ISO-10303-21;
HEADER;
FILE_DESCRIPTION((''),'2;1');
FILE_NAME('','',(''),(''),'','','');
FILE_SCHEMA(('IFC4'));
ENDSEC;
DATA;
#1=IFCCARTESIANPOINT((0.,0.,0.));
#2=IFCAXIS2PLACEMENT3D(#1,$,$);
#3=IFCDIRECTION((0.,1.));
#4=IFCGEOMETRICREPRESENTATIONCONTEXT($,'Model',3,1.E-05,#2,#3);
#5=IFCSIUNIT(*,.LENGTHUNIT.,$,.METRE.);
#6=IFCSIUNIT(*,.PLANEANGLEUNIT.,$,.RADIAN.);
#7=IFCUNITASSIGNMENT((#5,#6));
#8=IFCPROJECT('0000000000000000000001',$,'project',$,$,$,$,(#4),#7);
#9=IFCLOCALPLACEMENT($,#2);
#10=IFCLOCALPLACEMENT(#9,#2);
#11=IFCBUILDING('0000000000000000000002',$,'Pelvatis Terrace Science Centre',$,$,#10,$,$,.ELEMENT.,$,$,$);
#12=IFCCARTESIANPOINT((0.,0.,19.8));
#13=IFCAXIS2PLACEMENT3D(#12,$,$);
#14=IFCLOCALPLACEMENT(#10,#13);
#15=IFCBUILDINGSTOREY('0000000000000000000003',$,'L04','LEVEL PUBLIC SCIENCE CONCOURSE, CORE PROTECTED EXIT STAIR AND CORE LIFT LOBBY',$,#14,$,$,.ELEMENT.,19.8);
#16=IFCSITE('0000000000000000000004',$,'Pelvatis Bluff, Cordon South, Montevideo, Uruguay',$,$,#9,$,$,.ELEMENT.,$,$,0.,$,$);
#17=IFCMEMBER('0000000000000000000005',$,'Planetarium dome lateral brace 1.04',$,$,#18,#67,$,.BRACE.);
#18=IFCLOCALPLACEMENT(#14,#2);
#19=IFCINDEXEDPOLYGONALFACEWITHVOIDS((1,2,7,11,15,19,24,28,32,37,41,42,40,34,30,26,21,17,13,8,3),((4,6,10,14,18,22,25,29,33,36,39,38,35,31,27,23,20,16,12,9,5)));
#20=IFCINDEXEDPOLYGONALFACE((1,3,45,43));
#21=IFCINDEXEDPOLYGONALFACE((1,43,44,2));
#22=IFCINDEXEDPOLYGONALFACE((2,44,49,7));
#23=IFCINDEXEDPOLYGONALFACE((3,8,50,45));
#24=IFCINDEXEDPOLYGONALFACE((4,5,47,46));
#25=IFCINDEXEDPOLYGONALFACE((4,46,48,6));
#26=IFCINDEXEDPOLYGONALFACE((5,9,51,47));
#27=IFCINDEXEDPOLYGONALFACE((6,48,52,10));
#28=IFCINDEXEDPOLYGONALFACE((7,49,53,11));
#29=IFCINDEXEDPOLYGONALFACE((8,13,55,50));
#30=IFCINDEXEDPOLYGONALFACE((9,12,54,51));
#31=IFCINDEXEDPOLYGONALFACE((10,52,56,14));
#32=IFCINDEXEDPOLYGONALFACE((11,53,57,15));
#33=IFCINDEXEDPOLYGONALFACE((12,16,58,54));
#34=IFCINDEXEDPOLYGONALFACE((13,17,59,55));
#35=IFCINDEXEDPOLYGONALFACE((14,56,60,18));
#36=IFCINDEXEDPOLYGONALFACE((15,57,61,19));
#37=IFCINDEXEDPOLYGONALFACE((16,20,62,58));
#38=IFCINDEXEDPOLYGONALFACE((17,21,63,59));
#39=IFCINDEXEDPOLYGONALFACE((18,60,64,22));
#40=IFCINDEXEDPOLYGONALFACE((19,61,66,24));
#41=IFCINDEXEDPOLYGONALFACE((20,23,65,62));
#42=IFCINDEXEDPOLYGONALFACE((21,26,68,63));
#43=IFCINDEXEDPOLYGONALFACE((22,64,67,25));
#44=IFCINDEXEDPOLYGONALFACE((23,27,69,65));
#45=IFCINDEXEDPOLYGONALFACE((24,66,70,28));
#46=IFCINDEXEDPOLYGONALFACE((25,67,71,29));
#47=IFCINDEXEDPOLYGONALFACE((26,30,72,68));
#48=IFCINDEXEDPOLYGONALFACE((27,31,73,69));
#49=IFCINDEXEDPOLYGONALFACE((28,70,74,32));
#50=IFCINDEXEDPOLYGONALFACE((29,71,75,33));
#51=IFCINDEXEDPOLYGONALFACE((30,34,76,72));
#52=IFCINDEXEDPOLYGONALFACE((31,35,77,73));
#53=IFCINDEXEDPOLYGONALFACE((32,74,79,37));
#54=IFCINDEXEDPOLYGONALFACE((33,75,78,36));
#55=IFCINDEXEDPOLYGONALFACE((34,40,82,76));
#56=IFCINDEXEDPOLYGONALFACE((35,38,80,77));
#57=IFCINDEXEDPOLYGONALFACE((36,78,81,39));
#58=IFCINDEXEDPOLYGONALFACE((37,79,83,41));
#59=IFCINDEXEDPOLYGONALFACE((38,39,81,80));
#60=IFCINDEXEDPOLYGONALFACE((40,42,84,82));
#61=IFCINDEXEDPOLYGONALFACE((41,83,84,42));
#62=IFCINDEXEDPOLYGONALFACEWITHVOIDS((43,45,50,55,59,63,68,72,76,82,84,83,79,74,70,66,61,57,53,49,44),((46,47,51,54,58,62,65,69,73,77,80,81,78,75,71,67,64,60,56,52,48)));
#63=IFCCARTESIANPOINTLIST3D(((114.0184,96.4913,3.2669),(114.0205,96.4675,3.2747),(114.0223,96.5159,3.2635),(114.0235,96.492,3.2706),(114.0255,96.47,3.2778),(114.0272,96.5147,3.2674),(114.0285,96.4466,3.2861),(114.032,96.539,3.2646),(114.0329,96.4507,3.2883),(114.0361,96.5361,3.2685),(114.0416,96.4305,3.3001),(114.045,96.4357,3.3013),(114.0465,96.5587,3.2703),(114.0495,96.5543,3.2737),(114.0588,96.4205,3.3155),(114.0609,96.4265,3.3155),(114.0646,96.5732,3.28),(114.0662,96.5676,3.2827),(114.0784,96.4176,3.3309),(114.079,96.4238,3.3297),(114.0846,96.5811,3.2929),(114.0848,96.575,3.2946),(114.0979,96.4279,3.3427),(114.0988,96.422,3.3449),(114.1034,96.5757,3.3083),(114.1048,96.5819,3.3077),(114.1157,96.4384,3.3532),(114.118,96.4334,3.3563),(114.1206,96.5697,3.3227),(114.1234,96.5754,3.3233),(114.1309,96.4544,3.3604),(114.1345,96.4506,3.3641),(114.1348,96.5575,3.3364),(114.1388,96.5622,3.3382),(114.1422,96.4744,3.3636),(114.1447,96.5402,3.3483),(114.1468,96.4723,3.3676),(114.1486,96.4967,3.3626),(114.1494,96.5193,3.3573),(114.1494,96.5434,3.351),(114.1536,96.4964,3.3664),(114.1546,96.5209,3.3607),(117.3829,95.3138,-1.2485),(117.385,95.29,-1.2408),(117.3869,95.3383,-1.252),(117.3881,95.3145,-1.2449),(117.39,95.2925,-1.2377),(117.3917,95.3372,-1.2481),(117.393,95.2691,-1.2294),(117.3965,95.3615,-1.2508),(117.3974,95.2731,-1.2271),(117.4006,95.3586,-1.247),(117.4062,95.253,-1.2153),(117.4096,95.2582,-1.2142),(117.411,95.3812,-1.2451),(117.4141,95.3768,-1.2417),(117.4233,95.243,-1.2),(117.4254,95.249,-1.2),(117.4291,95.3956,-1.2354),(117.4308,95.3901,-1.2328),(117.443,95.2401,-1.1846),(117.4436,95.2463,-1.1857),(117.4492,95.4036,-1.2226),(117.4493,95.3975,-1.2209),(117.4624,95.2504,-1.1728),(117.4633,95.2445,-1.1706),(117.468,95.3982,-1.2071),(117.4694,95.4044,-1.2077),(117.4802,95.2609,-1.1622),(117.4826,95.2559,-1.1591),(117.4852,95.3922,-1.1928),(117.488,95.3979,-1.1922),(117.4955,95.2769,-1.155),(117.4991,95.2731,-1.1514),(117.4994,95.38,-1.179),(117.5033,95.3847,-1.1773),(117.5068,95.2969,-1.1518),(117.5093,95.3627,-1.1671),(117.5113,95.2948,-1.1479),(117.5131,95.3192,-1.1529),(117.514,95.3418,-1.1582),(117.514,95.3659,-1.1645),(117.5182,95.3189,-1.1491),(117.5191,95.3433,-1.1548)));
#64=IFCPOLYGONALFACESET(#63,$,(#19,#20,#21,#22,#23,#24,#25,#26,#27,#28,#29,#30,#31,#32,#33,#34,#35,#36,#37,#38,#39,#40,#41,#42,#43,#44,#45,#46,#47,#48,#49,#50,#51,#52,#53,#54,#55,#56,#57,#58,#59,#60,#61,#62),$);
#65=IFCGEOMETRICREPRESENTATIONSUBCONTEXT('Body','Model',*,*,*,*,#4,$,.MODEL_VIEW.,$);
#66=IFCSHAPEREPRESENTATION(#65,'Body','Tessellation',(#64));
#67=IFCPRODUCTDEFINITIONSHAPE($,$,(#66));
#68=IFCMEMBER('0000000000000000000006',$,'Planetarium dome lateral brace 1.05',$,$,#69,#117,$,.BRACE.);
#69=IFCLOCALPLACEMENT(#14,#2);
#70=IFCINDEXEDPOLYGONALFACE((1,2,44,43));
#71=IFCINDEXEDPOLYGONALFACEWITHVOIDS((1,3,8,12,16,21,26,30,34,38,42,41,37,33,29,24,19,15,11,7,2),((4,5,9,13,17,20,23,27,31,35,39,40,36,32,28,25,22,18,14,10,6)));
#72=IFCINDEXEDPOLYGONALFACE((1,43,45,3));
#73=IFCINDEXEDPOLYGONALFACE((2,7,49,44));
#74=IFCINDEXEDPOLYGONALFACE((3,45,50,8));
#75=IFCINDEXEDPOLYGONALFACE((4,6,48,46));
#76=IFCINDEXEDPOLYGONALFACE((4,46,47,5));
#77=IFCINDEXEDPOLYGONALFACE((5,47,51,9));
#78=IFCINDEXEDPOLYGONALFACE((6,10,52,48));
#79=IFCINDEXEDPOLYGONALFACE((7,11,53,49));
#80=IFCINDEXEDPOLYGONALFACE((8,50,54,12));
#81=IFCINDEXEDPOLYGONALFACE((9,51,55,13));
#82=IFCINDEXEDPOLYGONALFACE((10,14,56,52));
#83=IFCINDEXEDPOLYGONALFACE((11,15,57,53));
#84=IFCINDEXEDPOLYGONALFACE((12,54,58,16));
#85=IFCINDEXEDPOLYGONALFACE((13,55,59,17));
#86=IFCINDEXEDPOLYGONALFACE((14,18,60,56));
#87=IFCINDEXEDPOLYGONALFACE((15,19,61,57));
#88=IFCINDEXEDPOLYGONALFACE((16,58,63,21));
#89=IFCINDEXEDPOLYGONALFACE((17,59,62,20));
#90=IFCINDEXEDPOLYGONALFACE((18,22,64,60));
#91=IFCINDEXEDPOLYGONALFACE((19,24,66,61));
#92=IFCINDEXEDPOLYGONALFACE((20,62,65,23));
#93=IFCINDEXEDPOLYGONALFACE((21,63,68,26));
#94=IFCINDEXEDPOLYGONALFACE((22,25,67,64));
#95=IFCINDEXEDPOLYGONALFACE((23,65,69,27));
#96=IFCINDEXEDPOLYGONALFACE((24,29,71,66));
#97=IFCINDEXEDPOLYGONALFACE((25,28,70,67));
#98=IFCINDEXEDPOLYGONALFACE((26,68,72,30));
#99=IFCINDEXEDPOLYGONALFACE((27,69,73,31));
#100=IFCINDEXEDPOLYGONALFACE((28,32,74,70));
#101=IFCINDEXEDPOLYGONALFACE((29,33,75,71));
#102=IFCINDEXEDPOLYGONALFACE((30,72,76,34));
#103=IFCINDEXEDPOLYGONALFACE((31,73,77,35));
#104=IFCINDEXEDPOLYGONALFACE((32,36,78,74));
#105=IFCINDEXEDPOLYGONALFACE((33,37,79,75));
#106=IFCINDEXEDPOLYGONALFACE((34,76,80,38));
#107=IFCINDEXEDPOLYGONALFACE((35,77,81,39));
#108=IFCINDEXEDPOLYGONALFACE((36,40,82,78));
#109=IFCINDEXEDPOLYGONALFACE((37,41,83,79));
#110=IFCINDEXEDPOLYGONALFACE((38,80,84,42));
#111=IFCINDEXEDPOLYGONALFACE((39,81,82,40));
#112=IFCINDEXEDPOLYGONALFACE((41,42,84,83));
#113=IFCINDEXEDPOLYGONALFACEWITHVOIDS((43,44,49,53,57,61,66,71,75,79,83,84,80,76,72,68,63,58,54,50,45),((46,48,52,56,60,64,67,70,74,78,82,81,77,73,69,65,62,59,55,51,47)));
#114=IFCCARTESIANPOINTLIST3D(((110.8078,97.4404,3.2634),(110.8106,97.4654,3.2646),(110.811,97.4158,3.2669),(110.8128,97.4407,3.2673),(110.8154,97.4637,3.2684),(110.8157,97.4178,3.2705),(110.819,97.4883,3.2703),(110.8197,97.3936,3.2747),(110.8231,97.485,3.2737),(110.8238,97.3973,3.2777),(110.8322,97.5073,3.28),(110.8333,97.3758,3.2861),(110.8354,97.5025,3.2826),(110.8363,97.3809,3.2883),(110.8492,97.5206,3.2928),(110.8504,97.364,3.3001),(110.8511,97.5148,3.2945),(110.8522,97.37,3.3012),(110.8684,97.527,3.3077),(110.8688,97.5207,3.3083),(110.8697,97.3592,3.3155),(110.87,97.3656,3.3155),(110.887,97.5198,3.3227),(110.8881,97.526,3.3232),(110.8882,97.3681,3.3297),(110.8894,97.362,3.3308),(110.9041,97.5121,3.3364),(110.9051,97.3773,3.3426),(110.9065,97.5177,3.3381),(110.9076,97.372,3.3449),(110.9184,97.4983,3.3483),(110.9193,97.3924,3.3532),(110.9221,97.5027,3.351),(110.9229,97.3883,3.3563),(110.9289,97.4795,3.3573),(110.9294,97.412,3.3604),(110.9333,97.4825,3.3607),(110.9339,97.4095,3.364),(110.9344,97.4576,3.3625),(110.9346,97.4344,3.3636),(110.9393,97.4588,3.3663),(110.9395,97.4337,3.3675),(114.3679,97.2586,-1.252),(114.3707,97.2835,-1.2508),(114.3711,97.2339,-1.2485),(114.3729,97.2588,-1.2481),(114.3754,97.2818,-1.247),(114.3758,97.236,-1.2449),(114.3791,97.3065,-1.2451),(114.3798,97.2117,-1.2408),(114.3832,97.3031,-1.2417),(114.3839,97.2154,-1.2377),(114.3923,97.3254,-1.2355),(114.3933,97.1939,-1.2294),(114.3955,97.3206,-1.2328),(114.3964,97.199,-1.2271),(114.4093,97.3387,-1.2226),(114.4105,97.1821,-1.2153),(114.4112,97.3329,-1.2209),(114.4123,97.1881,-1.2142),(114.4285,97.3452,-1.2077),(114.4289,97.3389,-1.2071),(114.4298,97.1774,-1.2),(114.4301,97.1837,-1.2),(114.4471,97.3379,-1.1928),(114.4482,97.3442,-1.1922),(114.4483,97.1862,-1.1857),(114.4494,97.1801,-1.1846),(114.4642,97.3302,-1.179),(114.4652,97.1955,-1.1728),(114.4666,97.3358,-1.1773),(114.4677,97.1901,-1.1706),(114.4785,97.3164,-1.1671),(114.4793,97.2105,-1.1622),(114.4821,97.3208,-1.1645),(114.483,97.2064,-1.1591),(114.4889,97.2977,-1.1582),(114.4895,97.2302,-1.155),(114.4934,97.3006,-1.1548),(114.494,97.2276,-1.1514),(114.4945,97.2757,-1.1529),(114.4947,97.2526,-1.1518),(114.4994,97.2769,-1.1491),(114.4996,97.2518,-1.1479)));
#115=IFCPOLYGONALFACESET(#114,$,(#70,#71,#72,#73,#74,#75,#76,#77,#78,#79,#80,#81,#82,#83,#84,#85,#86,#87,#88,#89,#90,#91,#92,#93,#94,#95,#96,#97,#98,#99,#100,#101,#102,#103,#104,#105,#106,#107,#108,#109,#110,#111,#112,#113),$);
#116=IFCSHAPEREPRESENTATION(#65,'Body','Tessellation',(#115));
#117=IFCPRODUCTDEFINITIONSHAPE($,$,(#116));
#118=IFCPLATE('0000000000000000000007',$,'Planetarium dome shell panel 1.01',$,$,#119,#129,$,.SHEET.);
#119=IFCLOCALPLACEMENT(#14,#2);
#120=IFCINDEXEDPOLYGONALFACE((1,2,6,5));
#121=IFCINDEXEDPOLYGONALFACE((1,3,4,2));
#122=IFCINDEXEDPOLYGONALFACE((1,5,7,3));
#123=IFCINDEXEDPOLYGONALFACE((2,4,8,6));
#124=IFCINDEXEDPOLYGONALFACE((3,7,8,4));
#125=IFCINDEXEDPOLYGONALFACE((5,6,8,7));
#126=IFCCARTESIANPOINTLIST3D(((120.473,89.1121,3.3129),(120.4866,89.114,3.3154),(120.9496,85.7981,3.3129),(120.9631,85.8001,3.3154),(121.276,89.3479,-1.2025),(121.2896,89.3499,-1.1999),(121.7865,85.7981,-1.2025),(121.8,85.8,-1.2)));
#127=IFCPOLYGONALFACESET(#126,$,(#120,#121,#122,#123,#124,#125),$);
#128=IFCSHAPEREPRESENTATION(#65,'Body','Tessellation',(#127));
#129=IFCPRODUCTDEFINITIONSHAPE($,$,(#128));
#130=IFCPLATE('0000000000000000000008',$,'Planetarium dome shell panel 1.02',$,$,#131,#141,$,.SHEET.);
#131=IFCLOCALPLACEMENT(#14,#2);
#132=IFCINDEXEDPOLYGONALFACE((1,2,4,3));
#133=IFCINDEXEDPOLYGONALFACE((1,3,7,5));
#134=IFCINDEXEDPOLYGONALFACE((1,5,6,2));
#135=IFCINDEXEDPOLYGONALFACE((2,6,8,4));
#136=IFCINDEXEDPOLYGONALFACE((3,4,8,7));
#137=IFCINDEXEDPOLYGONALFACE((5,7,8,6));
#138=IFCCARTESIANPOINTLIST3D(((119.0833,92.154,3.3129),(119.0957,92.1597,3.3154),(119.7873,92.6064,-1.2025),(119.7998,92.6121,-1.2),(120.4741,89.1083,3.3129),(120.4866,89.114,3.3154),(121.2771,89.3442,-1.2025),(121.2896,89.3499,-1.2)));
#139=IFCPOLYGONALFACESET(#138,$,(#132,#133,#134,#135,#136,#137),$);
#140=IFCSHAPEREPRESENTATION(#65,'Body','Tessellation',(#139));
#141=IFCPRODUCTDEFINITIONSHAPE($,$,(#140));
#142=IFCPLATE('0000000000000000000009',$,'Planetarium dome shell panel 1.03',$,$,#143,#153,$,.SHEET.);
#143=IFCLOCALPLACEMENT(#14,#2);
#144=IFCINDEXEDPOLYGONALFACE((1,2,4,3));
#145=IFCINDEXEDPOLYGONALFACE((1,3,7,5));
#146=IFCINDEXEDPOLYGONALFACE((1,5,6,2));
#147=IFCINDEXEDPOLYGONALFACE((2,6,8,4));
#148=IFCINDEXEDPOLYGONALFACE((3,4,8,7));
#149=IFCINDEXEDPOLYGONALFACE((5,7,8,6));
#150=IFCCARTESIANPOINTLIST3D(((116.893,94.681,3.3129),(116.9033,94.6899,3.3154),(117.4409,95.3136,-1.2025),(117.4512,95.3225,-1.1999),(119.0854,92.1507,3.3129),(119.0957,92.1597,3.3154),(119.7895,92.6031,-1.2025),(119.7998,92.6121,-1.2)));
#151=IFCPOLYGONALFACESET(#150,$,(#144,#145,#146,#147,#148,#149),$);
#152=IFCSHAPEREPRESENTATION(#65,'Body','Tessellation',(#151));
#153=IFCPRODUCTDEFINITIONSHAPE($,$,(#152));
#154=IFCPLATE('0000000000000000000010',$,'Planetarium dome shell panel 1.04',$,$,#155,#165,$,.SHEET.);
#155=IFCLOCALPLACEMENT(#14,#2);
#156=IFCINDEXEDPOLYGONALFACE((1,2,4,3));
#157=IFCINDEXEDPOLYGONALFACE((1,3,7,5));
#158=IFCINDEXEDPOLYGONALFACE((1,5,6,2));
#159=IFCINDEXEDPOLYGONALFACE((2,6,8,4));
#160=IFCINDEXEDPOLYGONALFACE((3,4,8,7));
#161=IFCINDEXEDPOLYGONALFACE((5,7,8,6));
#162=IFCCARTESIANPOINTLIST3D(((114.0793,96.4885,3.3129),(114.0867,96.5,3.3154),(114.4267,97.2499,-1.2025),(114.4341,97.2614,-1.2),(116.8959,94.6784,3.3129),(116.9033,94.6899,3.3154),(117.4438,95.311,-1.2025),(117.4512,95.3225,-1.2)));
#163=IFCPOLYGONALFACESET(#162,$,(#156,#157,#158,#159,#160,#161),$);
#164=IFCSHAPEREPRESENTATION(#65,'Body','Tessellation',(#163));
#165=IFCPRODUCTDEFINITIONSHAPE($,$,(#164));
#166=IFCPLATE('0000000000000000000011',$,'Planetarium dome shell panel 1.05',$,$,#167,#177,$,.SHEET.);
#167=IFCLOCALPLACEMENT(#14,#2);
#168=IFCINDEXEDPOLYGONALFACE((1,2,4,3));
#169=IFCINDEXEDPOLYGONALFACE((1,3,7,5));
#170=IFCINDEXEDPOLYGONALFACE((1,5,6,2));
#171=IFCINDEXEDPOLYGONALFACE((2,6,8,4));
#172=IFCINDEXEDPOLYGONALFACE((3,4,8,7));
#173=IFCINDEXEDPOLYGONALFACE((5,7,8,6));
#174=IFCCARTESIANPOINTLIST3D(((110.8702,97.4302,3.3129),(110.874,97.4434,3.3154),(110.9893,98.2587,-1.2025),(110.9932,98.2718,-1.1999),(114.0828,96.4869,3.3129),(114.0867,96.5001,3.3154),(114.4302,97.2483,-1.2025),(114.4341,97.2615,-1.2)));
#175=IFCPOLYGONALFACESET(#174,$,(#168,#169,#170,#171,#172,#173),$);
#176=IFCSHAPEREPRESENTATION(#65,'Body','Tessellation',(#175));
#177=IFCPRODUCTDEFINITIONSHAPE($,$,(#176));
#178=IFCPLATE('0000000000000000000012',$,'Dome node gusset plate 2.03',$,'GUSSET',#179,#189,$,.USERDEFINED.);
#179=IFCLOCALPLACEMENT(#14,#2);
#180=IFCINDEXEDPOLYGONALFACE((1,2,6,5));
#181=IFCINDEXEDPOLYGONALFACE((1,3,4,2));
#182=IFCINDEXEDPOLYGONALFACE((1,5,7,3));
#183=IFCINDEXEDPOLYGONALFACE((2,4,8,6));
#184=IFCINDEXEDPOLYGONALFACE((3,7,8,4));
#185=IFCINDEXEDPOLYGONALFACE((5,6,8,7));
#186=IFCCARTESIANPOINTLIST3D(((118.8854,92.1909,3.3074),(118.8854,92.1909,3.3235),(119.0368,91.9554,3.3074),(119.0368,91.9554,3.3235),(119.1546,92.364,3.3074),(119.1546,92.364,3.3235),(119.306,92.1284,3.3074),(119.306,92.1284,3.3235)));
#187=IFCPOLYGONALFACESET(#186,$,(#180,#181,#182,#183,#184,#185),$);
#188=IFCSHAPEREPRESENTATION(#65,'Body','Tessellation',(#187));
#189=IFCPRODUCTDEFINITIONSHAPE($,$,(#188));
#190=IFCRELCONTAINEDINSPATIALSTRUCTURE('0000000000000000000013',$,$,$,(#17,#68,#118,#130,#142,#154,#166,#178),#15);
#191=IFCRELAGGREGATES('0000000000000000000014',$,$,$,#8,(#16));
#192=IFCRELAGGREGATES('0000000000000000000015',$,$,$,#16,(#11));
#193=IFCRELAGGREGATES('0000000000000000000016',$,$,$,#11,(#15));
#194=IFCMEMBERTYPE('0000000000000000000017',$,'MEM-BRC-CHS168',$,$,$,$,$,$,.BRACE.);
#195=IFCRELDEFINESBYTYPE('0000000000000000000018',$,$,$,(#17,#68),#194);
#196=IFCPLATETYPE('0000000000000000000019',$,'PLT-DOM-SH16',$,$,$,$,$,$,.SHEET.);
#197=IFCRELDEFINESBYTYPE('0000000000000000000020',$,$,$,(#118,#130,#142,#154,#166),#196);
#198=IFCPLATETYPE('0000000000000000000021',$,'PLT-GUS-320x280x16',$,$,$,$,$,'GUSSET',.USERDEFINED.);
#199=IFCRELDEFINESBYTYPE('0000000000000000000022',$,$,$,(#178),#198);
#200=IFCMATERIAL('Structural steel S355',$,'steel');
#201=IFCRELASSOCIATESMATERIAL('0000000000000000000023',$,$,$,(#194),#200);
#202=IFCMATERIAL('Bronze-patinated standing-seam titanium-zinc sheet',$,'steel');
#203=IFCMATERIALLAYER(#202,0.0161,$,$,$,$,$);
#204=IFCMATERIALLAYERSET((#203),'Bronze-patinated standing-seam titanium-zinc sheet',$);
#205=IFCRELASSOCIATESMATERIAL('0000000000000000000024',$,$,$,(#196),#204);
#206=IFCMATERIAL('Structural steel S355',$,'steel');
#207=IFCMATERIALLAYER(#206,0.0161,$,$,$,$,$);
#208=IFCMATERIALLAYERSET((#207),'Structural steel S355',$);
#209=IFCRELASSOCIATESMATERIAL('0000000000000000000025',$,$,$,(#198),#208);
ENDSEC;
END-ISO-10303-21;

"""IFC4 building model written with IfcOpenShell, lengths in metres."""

from ifc_helpers import new_model, si_unit, direction, frame, origin, origin_2d, place, context, subcontext, project, spatial, polyline, rectangle, hollow_circle, outline, extrude, material, layer, layer_set, material_profile, profile_set, type_object, element, save


model = new_model("IFC4")

# Units and contexts
model_context = context("Model", 3, precision=1e-05, world=origin(), true_north=direction((0.0, 1.0)))
body_context = subcontext(model_context, "Body", "Model", "MODEL_VIEW")
ifc_project = project(units=[si_unit("LENGTHUNIT", "METRE"), si_unit("PLANEANGLEUNIT", "RADIAN")], contexts=[model_context])

# Site, building, storey
site_placement = place(None, origin())
site = spatial("IfcSite", under=ifc_project, at=site_placement, Name="Pelvatis Bluff, Cordon South, Montevideo, Uruguay", CompositionType="ELEMENT", RefElevation=0.0)
building_placement = place(site_placement, origin())
building = spatial("IfcBuilding", under=site, at=building_placement, Name="Pelvatis Terrace Science Centre", CompositionType="ELEMENT")
storey_placement = place(building_placement, frame((0.0, 0.0, 19.8)))
storey = spatial("IfcBuildingStorey", under=building, at=storey_placement, Name="L04", Description="LEVEL PUBLIC SCIENCE CONCOURSE, CORE PROTECTED EXIT STAIR AND CORE LIFT LOBBY", CompositionType="ELEMENT", Elevation=19.8)

# Members
ifc_material_1 = material(Name="Structural steel S355", Category="steel")
ifc_material_profile_1 = material_profile(ifc_material_1, hollow_circle(Radius=0.0842, WallThickness=0.0063, at=origin_2d()), Name="CHS 168.3x6.3")
ifc_profile_set_1 = profile_set([ifc_material_profile_1], Name="Structural steel S355")
member_type = type_object("IfcMemberType", Name="MEM-BRC-CHS168", PredefinedType="BRACE", material=ifc_profile_set_1)
for number, where, z_axis, x_axis, name in (
    (1, (117.4512, 95.3225, -1.2), (-0.584843, 0.20468, 0.784898), (-0.330329, -0.943866, 0.0), "Planetarium dome lateral brace 1.04"),
    (2, (114.4341, 97.2615, -1.2), (-0.618829, 0.031616, 0.784889), (-0.051024, -0.998697, 0.0), "Planetarium dome lateral brace 1.05"),
):
    element("IfcMember", number, at=place(storey_placement, frame(where, z_axis=z_axis, x_axis=x_axis)), inside=storey, type_object=member_type, Name=name, PredefinedType="BRACE", context=body_context, shape_type="SweptSolid", body=[
        extrude(hollow_circle(Radius=0.0842, WallThickness=0.0063, at=origin_2d()), origin(), (0.0, 0.0, 1.0), 5.7529),
    ])

# Plates
ifc_material_2 = material(Name="Bronze-patinated standing-seam titanium-zinc sheet", Category="steel")
ifc_layer_1 = layer(ifc_material_2, 0.0161)
ifc_layer_set_1 = layer_set([ifc_layer_1], Name="Bronze-patinated standing-seam titanium-zinc sheet")
plate_type_1 = type_object("IfcPlateType", Name="PLT-DOM-SH16", PredefinedType="SHEET", material=ifc_layer_set_1)
plate_1_placement = place(storey_placement, frame((121.8, 85.8, -1.2), z_axis=(0.973569, 0.140006, 0.180446), x_axis=(-0.142343, 0.989817, 0.0)))
element("IfcPlate", 3, at=plate_1_placement, inside=storey, type_object=plate_type_1, Name="Planetarium dome shell panel 1.01", PredefinedType="SHEET", context=body_context, shape_type="SweptSolid", body=[
    extrude(outline(polyline([(0.0, 0.0), (3.5863, 0.0), (3.4672, 4.5907), (0.1191, 4.5907), (0.0, 0.0)])), origin(), (0.0, 0.0, -1.0), 0.0139),
])
plate_2_placement = place(storey_placement, frame((121.2896, 89.3499, -1.2), z_axis=(0.894705, 0.408585, 0.180449), x_axis=(-0.415404, 0.909637, 0.0)))
element("IfcPlate", 4, at=plate_2_placement, inside=storey, type_object=plate_type_1, Name="Planetarium dome shell panel 1.02", PredefinedType="SHEET", context=body_context, shape_type="SweptSolid", body=[
    extrude(outline(polyline([(0.0, 0.0), (3.5863, 0.0), (3.4672, 4.5907), (0.119, 4.5907), (0.0, 0.0)])), origin(), (0.0, 0.0, -1.0), 0.0139),
])
plate_3_placement = place(storey_placement, frame((119.7998, 92.6121, -1.2), z_axis=(0.743352, 0.644105, 0.180436), x_axis=(-0.654853, 0.755756, 0.000002)))
element("IfcPlate", 5, at=plate_3_placement, inside=storey, type_object=plate_type_1, Name="Planetarium dome shell panel 1.03", PredefinedType="SHEET", context=body_context, shape_type="SweptSolid", body=[
    extrude(outline(polyline([(0.0, 0.0), (3.5864, 0.0), (3.4672, 4.5907), (0.1192, 4.5907), (0.0, 0.0)])), origin(), (0.0, 0.0, -1.0), 0.0139),
])
plate_4_placement = place(storey_placement, frame((117.4512, 95.3225, -1.2), z_axis=(0.531757, 0.82745, 0.180446), x_axis=(-0.841259, 0.540632, -0.000002)))
element("IfcPlate", 6, at=plate_4_placement, inside=storey, type_object=plate_type_1, Name="Planetarium dome shell panel 1.04", PredefinedType="SHEET", context=body_context, shape_type="SweptSolid", body=[
    extrude(outline(polyline([(0.0, 0.0), (3.5864, 0.0), (3.467, 4.5907), (0.1189, 4.5907), (0.0, 0.0)])), origin(), (0.0, 0.0, -1.0), 0.0139),
])
plate_5_placement = place(storey_placement, frame((114.4341, 97.2615, -1.2), z_axis=(0.277101, 0.943742, 0.180459), x_axis=(-0.959495, 0.281725, 0.000003)))
element("IfcPlate", 7, at=plate_5_placement, inside=storey, type_object=plate_type_1, Name="Planetarium dome shell panel 1.05", PredefinedType="SHEET", context=body_context, shape_type="SweptSolid", body=[
    extrude(outline(polyline([(0.0, 0.0), (3.5862, 0.0), (3.4671, 4.5907), (0.1188, 4.5908), (0.0, 0.0)])), origin(), (0.0, 0.0, -1.0), 0.0139),
])
ifc_material_3 = material(Name="Structural steel S355", Category="steel")
ifc_layer_2 = layer(ifc_material_3, 0.0161)
ifc_layer_set_2 = layer_set([ifc_layer_2], Name="Structural steel S355")
plate_type_2 = type_object("IfcPlateType", Name="PLT-GUS-320x280x16", ElementType="GUSSET", PredefinedType="USERDEFINED", material=ifc_layer_set_2)
plate_6_placement = place(storey_placement, frame((119.0957, 92.1597, 3.3074), z_axis=(0.0, 0.0, 1.0), x_axis=(0.841228, 0.540681, 0.0)))
element("IfcPlate", 8, at=plate_6_placement, inside=storey, type_object=plate_type_2, Name="Dome node gusset plate 2.03", ObjectType="GUSSET", PredefinedType="USERDEFINED", context=body_context, shape_type="SweptSolid", body=[
    extrude(rectangle(XDim=0.3201, YDim=0.28, at=origin_2d()), origin(), (0.0, 0.0, 1.0), 0.0161),
])

save(model, "model.ifc")
